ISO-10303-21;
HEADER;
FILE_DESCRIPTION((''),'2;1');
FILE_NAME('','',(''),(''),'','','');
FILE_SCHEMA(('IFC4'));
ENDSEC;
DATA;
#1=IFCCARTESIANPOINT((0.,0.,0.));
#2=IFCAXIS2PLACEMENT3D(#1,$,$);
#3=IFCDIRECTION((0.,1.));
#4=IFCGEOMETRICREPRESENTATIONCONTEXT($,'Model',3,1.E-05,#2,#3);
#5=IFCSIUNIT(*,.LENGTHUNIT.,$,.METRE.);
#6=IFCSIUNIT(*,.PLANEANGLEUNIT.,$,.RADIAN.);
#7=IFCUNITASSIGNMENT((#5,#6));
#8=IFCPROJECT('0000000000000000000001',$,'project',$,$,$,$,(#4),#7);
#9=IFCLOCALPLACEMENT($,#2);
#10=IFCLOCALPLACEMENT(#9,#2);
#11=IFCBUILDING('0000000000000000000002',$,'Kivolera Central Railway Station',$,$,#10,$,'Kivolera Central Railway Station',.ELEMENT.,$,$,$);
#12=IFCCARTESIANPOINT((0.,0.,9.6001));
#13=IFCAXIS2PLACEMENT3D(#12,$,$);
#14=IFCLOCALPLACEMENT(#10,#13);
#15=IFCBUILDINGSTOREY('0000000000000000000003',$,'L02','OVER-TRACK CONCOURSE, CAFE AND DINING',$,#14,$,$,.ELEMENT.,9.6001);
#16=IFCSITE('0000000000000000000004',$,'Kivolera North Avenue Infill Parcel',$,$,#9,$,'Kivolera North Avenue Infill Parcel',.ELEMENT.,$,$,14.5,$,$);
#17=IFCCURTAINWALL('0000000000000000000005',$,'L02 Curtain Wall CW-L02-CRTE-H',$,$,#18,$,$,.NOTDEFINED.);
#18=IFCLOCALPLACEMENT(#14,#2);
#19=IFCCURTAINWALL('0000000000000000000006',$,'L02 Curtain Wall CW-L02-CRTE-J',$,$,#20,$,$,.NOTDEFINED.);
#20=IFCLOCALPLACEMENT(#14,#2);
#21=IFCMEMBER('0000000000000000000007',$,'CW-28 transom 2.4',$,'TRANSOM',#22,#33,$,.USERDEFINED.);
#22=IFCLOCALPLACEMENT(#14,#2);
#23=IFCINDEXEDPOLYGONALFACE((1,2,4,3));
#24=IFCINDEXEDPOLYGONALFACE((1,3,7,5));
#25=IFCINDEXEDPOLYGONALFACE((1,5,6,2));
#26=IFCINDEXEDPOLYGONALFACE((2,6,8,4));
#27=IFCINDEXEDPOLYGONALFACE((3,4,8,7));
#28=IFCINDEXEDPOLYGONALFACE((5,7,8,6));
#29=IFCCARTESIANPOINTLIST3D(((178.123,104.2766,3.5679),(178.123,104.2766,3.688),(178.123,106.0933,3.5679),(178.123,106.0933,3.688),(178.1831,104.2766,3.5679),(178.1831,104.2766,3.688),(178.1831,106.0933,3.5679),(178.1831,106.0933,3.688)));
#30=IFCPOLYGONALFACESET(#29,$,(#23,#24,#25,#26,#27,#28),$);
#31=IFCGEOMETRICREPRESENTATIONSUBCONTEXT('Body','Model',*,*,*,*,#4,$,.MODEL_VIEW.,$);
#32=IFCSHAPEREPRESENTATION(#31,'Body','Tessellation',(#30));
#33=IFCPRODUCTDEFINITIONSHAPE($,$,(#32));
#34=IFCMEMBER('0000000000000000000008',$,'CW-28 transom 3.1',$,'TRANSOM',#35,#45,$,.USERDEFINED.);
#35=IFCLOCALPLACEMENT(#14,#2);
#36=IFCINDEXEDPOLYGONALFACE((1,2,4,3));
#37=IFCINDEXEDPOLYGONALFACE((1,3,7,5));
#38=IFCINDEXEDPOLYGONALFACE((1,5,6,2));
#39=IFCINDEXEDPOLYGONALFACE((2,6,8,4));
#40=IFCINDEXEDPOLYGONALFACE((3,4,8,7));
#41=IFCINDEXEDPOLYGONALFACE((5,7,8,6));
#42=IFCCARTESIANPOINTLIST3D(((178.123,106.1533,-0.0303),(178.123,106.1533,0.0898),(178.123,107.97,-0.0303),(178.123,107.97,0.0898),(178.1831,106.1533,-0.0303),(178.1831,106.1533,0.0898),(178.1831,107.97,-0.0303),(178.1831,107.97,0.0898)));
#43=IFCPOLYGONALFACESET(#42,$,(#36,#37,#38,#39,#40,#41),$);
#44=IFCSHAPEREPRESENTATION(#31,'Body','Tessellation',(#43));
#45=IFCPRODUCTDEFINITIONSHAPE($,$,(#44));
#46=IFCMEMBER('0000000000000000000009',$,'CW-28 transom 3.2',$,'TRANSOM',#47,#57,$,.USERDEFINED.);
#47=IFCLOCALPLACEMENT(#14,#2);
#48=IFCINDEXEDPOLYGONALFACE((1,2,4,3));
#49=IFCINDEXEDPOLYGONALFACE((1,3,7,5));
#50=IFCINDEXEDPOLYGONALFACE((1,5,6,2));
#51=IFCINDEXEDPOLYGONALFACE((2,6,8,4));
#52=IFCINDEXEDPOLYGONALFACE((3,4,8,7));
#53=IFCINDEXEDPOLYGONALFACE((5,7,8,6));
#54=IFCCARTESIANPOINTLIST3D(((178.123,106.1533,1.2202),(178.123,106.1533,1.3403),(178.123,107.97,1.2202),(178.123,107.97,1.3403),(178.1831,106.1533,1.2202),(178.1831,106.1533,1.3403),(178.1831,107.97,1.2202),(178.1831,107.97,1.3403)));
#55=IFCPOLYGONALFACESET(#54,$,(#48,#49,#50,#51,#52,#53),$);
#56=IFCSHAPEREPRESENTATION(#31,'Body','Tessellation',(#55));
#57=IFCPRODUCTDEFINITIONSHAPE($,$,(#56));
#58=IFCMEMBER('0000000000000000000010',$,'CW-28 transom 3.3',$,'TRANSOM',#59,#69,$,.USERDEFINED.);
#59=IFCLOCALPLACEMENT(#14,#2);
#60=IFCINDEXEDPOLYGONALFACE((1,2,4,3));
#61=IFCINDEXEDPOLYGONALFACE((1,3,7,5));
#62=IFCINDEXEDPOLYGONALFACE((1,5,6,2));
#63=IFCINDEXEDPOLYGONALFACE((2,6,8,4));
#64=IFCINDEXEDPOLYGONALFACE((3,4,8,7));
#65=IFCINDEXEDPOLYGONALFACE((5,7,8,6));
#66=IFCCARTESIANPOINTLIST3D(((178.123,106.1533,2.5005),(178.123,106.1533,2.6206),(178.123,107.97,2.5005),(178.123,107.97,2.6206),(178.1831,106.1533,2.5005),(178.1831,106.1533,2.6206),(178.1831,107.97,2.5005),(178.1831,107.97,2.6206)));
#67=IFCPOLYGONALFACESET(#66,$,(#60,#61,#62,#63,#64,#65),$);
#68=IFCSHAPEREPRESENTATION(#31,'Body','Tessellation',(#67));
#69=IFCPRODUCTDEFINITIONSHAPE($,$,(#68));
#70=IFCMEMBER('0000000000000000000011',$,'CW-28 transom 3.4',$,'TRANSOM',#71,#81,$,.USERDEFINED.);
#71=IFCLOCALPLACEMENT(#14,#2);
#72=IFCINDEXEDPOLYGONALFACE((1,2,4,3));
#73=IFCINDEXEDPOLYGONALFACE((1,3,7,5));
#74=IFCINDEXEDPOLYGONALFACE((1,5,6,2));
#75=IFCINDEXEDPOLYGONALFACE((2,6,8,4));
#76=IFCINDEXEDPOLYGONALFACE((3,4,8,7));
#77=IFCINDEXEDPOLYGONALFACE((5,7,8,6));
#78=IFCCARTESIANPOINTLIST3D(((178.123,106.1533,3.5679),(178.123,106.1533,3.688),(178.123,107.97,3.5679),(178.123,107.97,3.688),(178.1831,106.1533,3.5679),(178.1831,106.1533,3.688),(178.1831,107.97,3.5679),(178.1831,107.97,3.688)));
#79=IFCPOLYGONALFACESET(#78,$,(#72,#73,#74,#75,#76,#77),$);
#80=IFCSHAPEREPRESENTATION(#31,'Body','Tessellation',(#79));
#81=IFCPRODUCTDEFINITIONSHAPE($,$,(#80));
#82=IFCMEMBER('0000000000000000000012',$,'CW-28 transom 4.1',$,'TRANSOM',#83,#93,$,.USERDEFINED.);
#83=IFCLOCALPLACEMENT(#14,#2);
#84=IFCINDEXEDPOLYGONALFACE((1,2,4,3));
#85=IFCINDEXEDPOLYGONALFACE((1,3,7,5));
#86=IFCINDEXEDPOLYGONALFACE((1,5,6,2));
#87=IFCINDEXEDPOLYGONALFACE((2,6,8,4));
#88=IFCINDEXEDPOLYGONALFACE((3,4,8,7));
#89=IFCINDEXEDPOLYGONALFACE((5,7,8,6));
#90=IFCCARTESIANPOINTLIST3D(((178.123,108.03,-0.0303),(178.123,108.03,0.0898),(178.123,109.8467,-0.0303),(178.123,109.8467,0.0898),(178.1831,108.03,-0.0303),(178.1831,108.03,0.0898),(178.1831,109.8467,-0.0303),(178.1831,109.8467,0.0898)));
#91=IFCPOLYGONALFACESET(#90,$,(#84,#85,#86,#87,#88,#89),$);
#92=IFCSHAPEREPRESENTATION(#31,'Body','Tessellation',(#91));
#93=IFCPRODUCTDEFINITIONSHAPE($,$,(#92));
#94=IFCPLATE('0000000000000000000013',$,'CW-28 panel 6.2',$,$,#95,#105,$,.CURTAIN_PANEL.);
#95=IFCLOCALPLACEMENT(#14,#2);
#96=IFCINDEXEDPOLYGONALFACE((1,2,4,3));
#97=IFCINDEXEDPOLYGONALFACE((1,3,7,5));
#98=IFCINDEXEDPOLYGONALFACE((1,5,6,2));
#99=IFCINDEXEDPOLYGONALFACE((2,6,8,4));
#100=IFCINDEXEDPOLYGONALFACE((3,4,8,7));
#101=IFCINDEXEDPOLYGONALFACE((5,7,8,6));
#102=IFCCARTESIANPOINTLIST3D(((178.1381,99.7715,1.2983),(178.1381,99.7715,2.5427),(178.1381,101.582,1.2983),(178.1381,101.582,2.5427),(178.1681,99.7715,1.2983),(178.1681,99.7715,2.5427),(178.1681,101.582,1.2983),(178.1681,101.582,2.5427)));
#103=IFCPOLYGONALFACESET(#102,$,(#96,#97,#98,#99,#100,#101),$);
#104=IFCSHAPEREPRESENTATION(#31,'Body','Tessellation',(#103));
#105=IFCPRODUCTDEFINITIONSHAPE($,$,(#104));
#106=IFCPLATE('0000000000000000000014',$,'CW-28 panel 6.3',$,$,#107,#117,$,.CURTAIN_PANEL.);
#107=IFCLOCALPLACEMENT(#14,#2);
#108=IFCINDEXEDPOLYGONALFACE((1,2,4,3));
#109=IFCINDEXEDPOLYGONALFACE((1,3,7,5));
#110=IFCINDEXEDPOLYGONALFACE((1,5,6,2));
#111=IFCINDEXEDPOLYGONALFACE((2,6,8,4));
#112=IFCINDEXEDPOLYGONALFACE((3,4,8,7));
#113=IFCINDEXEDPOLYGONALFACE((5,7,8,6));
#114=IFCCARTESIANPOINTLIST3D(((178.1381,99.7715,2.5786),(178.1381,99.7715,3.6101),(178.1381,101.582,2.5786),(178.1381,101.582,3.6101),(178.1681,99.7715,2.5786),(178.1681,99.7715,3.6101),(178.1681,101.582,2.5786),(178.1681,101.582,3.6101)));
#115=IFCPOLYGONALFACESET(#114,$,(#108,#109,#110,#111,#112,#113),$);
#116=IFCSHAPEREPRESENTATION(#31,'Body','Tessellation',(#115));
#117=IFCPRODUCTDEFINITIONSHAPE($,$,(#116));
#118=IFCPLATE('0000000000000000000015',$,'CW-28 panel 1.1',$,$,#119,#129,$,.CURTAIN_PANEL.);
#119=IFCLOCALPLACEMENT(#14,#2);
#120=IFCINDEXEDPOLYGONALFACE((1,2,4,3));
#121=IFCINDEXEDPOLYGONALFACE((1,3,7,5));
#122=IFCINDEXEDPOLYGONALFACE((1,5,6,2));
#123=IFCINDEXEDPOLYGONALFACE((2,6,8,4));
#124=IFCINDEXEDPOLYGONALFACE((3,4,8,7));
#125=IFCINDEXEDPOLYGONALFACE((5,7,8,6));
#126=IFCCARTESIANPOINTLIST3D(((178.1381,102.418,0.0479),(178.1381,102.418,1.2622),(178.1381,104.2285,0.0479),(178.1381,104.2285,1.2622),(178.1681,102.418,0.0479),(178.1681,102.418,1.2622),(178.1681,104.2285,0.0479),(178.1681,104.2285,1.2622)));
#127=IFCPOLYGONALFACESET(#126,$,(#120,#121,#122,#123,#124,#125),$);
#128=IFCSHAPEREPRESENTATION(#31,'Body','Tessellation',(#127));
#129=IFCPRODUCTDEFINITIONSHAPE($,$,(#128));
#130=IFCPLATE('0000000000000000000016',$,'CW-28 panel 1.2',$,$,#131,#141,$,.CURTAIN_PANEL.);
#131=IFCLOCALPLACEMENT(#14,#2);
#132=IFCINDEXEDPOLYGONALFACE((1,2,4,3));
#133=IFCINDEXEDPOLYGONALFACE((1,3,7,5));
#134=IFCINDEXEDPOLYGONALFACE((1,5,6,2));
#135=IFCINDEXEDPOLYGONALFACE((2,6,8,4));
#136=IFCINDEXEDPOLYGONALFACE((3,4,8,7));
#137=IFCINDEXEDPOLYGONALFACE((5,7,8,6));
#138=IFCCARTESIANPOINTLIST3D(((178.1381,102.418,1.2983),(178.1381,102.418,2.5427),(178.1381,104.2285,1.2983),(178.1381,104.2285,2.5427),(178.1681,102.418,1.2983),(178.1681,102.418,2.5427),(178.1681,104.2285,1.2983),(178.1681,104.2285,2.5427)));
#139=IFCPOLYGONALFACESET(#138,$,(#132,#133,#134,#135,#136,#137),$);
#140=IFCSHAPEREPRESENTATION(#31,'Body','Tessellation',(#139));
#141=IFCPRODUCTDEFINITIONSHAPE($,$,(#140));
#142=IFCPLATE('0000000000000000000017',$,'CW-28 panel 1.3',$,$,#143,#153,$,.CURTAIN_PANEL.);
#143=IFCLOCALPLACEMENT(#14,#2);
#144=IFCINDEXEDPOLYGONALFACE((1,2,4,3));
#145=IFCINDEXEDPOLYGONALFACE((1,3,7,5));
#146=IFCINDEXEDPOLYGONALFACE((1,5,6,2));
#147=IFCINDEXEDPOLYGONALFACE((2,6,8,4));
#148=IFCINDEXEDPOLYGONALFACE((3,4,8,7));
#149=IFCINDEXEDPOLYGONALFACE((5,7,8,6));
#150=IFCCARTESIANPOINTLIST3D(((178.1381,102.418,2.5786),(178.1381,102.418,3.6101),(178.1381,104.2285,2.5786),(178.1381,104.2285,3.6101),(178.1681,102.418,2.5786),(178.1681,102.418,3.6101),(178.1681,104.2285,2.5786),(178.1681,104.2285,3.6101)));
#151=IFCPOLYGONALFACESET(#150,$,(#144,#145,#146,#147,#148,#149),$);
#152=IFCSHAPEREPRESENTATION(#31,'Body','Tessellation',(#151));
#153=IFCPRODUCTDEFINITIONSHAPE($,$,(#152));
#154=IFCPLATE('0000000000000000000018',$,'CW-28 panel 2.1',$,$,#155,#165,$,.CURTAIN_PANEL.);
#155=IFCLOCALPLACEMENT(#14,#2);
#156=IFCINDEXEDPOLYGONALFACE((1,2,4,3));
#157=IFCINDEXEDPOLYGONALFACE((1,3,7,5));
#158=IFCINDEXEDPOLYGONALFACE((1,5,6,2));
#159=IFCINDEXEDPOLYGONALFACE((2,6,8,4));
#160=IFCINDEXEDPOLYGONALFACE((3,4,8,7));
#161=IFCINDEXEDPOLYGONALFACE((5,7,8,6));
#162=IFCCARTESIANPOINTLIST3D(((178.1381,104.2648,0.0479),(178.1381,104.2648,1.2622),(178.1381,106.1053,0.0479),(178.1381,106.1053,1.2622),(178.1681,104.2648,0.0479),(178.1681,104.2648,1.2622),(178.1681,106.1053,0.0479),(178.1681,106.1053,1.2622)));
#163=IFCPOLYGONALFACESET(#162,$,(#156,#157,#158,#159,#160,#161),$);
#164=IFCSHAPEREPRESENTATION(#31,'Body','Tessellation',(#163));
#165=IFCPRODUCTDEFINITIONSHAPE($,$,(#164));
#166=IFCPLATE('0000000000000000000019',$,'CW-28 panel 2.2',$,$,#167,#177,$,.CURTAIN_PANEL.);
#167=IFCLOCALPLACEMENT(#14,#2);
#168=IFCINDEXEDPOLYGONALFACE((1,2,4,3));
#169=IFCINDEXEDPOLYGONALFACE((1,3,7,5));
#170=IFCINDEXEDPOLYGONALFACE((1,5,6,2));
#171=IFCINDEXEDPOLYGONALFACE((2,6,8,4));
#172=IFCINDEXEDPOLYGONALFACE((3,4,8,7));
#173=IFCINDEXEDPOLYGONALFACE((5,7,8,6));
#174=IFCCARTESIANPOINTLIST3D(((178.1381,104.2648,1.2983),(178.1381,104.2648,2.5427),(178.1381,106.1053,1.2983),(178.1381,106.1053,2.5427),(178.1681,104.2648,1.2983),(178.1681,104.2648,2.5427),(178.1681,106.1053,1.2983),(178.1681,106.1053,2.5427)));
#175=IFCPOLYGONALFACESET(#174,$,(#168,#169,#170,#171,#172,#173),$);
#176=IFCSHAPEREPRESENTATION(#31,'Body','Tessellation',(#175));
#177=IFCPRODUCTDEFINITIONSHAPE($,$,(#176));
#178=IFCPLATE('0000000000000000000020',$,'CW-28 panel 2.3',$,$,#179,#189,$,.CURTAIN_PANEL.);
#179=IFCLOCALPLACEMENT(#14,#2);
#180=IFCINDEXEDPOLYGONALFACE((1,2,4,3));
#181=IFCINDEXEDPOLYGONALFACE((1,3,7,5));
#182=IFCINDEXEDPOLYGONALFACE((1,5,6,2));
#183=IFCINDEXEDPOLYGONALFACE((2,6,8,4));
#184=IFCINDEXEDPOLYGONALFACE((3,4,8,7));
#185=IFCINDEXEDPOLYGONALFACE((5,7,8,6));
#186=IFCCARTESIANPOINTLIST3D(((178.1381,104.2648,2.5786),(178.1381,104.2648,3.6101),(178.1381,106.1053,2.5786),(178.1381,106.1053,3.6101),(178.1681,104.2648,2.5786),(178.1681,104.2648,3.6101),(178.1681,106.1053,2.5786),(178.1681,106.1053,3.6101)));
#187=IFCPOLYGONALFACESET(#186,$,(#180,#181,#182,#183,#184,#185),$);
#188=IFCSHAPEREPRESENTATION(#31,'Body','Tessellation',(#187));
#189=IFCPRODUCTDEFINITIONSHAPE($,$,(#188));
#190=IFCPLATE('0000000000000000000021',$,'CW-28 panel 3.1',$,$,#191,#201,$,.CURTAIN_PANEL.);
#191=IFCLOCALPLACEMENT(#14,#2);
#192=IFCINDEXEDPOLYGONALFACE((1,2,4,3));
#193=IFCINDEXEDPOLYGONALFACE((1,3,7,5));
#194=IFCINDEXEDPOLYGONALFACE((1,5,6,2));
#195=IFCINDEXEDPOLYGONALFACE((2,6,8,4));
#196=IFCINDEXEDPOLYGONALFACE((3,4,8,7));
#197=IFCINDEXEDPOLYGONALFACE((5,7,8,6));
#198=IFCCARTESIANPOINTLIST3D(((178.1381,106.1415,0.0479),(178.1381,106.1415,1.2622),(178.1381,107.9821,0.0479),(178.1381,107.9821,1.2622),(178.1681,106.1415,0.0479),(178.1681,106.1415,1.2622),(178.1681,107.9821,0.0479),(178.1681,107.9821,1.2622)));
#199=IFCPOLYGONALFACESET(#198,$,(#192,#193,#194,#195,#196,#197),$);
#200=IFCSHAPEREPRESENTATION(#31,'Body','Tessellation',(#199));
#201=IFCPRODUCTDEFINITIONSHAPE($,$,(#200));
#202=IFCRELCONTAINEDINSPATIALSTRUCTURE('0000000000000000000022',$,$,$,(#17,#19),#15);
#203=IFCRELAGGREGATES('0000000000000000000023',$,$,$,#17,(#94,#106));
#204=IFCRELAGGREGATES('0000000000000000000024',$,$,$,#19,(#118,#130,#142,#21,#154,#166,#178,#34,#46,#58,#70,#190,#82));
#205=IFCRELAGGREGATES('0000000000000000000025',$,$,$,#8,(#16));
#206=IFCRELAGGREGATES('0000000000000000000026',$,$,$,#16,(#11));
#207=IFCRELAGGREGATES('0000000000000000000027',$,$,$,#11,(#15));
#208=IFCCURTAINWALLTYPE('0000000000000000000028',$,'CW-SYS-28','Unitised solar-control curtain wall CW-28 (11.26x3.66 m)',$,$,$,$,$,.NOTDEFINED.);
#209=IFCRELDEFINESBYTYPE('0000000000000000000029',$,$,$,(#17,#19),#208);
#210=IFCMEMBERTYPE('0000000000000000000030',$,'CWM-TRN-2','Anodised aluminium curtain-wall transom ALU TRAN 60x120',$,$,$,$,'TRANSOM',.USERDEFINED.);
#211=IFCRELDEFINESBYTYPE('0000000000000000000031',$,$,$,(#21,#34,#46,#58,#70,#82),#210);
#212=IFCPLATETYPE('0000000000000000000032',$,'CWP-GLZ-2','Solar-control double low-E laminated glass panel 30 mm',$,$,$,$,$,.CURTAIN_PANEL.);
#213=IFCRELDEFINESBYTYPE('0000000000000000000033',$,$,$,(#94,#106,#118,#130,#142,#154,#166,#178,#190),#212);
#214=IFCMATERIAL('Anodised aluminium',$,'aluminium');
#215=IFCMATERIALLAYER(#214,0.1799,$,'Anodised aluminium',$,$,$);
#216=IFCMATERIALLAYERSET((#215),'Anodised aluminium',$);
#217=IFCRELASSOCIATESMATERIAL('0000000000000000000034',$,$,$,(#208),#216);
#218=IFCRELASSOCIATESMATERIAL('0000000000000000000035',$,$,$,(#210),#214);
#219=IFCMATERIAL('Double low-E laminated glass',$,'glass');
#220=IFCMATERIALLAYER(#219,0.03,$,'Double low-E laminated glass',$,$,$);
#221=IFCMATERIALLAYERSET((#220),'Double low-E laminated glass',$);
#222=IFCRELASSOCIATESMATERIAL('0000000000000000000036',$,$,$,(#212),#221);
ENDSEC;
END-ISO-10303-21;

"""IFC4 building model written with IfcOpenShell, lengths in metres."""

from ifc_helpers import new_model, si_unit, direction, frame, origin, origin_2d, place, context, subcontext, project, spatial, rectangle, extrude, material, layer, layer_set, material_profile, profile_set, type_object, element, aggregate, save


model = new_model("IFC4")

# Units and contexts
model_context = context("Model", 3, precision=1e-05, world=origin(), true_north=direction((0.0, 1.0)))
body_context = subcontext(model_context, "Body", "Model", "MODEL_VIEW")
ifc_project = project(units=[si_unit("LENGTHUNIT", "METRE"), si_unit("PLANEANGLEUNIT", "RADIAN")], contexts=[model_context])

# Site, building, storey
site_placement = place(None, origin())
site = spatial("IfcSite", under=ifc_project, at=site_placement, Name="Kivolera North Avenue Infill Parcel", LongName="Kivolera North Avenue Infill Parcel", CompositionType="ELEMENT", RefElevation=14.5)
building_placement = place(site_placement, origin())
building = spatial("IfcBuilding", under=site, at=building_placement, Name="Kivolera Central Railway Station", LongName="Kivolera Central Railway Station", CompositionType="ELEMENT")
storey_placement = place(building_placement, frame((0.0, 0.0, 9.6001)))
storey = spatial("IfcBuildingStorey", under=building, at=storey_placement, Name="L02", Description="OVER-TRACK CONCOURSE, CAFE AND DINING", CompositionType="ELEMENT", Elevation=9.6001)

# Curtain wall
ifc_material_1 = material(Name="Anodised aluminium", Category="aluminium")
ifc_layer_1 = layer(ifc_material_1, 0.1799, Name="Anodised aluminium")
ifc_layer_set_1 = layer_set([ifc_layer_1], Name="Anodised aluminium")
curtain_wall_type = type_object("IfcCurtainWallType", Name="CW-SYS-28", Description="Unitised solar-control curtain wall CW-28 (11.26x3.66 m)", PredefinedType="NOTDEFINED", material=ifc_layer_set_1)
curtain_wall_1_placement = place(storey_placement, origin())
curtain_wall_1 = element("IfcCurtainWall", 1, at=curtain_wall_1_placement, inside=storey, type_object=curtain_wall_type, Name="L02 Curtain Wall CW-L02-CRTE-H", PredefinedType="NOTDEFINED")

# Curtain wall, members
curtain_wall_2_placement = place(storey_placement, origin())
curtain_wall_2 = element("IfcCurtainWall", 2, at=curtain_wall_2_placement, inside=storey, type_object=curtain_wall_type, Name="L02 Curtain Wall CW-L02-CRTE-J", PredefinedType="NOTDEFINED")
ifc_material_profile_1 = material_profile(ifc_material_1, rectangle(XDim=0.0601, YDim=0.1201, at=origin_2d()), Name="ALU TRAN 60x120")
ifc_profile_set_1 = profile_set([ifc_material_profile_1], Name="Anodised aluminium")
member_type_1 = type_object("IfcMemberType", Name="CWM-TRN-2", Description="Anodised aluminium curtain-wall transom ALU TRAN 60x120", ElementType="TRANSOM", PredefinedType="USERDEFINED", material=ifc_profile_set_1)
member_1_placement = place(storey_placement, frame((178.1531, 104.2766, 3.6279), z_axis=(0.0, 1.0, 0.0), x_axis=(-1.0, 0.0, 0.0)))
member_1 = element("IfcMember", 3, at=member_1_placement, type_object=member_type_1, Name="CW-28 transom 2.4", ObjectType="TRANSOM", PredefinedType="USERDEFINED", context=body_context, shape_type="SweptSolid", body=[
    extrude(rectangle(XDim=0.0601, YDim=0.1201, at=origin_2d()), origin(), (0.0, 0.0, 1.0), 1.8167),
])
member_2_placement = place(storey_placement, frame((178.1531, 106.1533, 0.0298), z_axis=(0.0, 1.0, 0.0), x_axis=(-1.0, 0.0, 0.0)))
member_2 = element("IfcMember", 4, at=member_2_placement, type_object=member_type_1, Name="CW-28 transom 3.1", ObjectType="TRANSOM", PredefinedType="USERDEFINED", context=body_context, shape_type="SweptSolid", body=[
    extrude(rectangle(XDim=0.0601, YDim=0.1201, at=origin_2d()), origin(), (0.0, 0.0, 1.0), 1.8167),
])
member_3_placement = place(storey_placement, frame((178.1531, 106.1533, 1.2803), z_axis=(0.0, 1.0, 0.0), x_axis=(-1.0, 0.0, 0.0)))
member_3 = element("IfcMember", 5, at=member_3_placement, type_object=member_type_1, Name="CW-28 transom 3.2", ObjectType="TRANSOM", PredefinedType="USERDEFINED", context=body_context, shape_type="SweptSolid", body=[
    extrude(rectangle(XDim=0.0601, YDim=0.1201, at=origin_2d()), origin(), (0.0, 0.0, 1.0), 1.8167),
])
member_4_placement = place(storey_placement, frame((178.1531, 106.1533, 2.5605), z_axis=(0.0, 1.0, 0.0), x_axis=(-1.0, 0.0, 0.0)))
member_4 = element("IfcMember", 6, at=member_4_placement, type_object=member_type_1, Name="CW-28 transom 3.3", ObjectType="TRANSOM", PredefinedType="USERDEFINED", context=body_context, shape_type="SweptSolid", body=[
    extrude(rectangle(XDim=0.0601, YDim=0.1201, at=origin_2d()), origin(), (0.0, 0.0, 1.0), 1.8167),
])
member_5_placement = place(storey_placement, frame((178.1531, 106.1533, 3.6279), z_axis=(0.0, 1.0, 0.0), x_axis=(-1.0, 0.0, 0.0)))
member_5 = element("IfcMember", 7, at=member_5_placement, type_object=member_type_1, Name="CW-28 transom 3.4", ObjectType="TRANSOM", PredefinedType="USERDEFINED", context=body_context, shape_type="SweptSolid", body=[
    extrude(rectangle(XDim=0.0601, YDim=0.1201, at=origin_2d()), origin(), (0.0, 0.0, 1.0), 1.8167),
])
member_6_placement = place(storey_placement, frame((178.1531, 108.03, 0.0298), z_axis=(0.0, 1.0, 0.0), x_axis=(-1.0, 0.0, 0.0)))
member_6 = element("IfcMember", 8, at=member_6_placement, type_object=member_type_1, Name="CW-28 transom 4.1", ObjectType="TRANSOM", PredefinedType="USERDEFINED", context=body_context, shape_type="SweptSolid", body=[
    extrude(rectangle(XDim=0.0601, YDim=0.1201, at=origin_2d()), origin(), (0.0, 0.0, 1.0), 1.8167),
])

# Plates
ifc_material_2 = material(Name="Double low-E laminated glass", Category="glass")
ifc_layer_2 = layer(ifc_material_2, 0.03, Name="Double low-E laminated glass")
ifc_layer_set_2 = layer_set([ifc_layer_2], Name="Double low-E laminated glass")
plate_type = type_object("IfcPlateType", Name="CWP-GLZ-2", Description="Solar-control double low-E laminated glass panel 30 mm", PredefinedType="CURTAIN_PANEL", material=ifc_layer_set_2)
plate_1_placement = place(storey_placement, frame((178.1531, 100.6768, 1.2983), z_axis=(0.0, 0.0, 1.0), x_axis=(0.0, 1.0, 0.0)))
plate_1 = element("IfcPlate", 9, at=plate_1_placement, type_object=plate_type, Name="CW-28 panel 6.2", PredefinedType="CURTAIN_PANEL", context=body_context, shape_type="SweptSolid", body=[
    extrude(rectangle(XDim=1.8105, YDim=0.03, at=origin_2d()), origin(), (0.0, 0.0, 1.0), 1.2444),
])
plate_2_placement = place(storey_placement, frame((178.1531, 100.6768, 2.5786), z_axis=(0.0, 0.0, 1.0), x_axis=(0.0, 1.0, 0.0)))
plate_2 = element("IfcPlate", 10, at=plate_2_placement, type_object=plate_type, Name="CW-28 panel 6.3", PredefinedType="CURTAIN_PANEL", context=body_context, shape_type="SweptSolid", body=[
    extrude(rectangle(XDim=1.8105, YDim=0.03, at=origin_2d()), origin(), (0.0, 0.0, 1.0), 1.0315),
])
aggregate(curtain_wall_1, [plate_1, plate_2])
plate_3_placement = place(storey_placement, frame((178.1531, 103.3232, 0.0479), z_axis=(0.0, 0.0, 1.0), x_axis=(0.0, 1.0, 0.0)))
plate_3 = element("IfcPlate", 11, at=plate_3_placement, type_object=plate_type, Name="CW-28 panel 1.1", PredefinedType="CURTAIN_PANEL", context=body_context, shape_type="SweptSolid", body=[
    extrude(rectangle(XDim=1.8105, YDim=0.03, at=origin_2d()), origin(), (0.0, 0.0, 1.0), 1.2144),
])
plate_4_placement = place(storey_placement, frame((178.1531, 103.3232, 1.2983), z_axis=(0.0, 0.0, 1.0), x_axis=(0.0, 1.0, 0.0)))
plate_4 = element("IfcPlate", 12, at=plate_4_placement, type_object=plate_type, Name="CW-28 panel 1.2", PredefinedType="CURTAIN_PANEL", context=body_context, shape_type="SweptSolid", body=[
    extrude(rectangle(XDim=1.8105, YDim=0.03, at=origin_2d()), origin(), (0.0, 0.0, 1.0), 1.2444),
])
plate_5_placement = place(storey_placement, frame((178.1531, 103.3232, 2.5786), z_axis=(0.0, 0.0, 1.0), x_axis=(0.0, 1.0, 0.0)))
plate_5 = element("IfcPlate", 13, at=plate_5_placement, type_object=plate_type, Name="CW-28 panel 1.3", PredefinedType="CURTAIN_PANEL", context=body_context, shape_type="SweptSolid", body=[
    extrude(rectangle(XDim=1.8105, YDim=0.03, at=origin_2d()), origin(), (0.0, 0.0, 1.0), 1.0315),
])
plate_6_placement = place(storey_placement, frame((178.1531, 105.1851, 0.0479), z_axis=(0.0, 0.0, 1.0), x_axis=(0.0, 1.0, 0.0)))
plate_6 = element("IfcPlate", 14, at=plate_6_placement, type_object=plate_type, Name="CW-28 panel 2.1", PredefinedType="CURTAIN_PANEL", context=body_context, shape_type="SweptSolid", body=[
    extrude(rectangle(XDim=1.8406, YDim=0.03, at=origin_2d()), origin(), (0.0, 0.0, 1.0), 1.2144),
])
plate_7_placement = place(storey_placement, frame((178.1531, 105.1851, 1.2983), z_axis=(0.0, 0.0, 1.0), x_axis=(0.0, 1.0, 0.0)))
plate_7 = element("IfcPlate", 15, at=plate_7_placement, type_object=plate_type, Name="CW-28 panel 2.2", PredefinedType="CURTAIN_PANEL", context=body_context, shape_type="SweptSolid", body=[
    extrude(rectangle(XDim=1.8406, YDim=0.03, at=origin_2d()), origin(), (0.0, 0.0, 1.0), 1.2444),
])
plate_8_placement = place(storey_placement, frame((178.1531, 105.1851, 2.5786), z_axis=(0.0, 0.0, 1.0), x_axis=(0.0, 1.0, 0.0)))
plate_8 = element("IfcPlate", 16, at=plate_8_placement, type_object=plate_type, Name="CW-28 panel 2.3", PredefinedType="CURTAIN_PANEL", context=body_context, shape_type="SweptSolid", body=[
    extrude(rectangle(XDim=1.8406, YDim=0.03, at=origin_2d()), origin(), (0.0, 0.0, 1.0), 1.0315),
])
plate_9_placement = place(storey_placement, frame((178.1531, 107.0618, 0.0479), z_axis=(0.0, 0.0, 1.0), x_axis=(0.0, 1.0, 0.0)))
plate_9 = element("IfcPlate", 17, at=plate_9_placement, type_object=plate_type, Name="CW-28 panel 3.1", PredefinedType="CURTAIN_PANEL", context=body_context, shape_type="SweptSolid", body=[
    extrude(rectangle(XDim=1.8406, YDim=0.03, at=origin_2d()), origin(), (0.0, 0.0, 1.0), 1.2144),
])
aggregate(curtain_wall_2, [plate_3, plate_4, plate_5, member_1, plate_6, plate_7, plate_8, member_2, member_3, member_4, member_5, plate_9, member_6])

save(model, "model.ifc")
